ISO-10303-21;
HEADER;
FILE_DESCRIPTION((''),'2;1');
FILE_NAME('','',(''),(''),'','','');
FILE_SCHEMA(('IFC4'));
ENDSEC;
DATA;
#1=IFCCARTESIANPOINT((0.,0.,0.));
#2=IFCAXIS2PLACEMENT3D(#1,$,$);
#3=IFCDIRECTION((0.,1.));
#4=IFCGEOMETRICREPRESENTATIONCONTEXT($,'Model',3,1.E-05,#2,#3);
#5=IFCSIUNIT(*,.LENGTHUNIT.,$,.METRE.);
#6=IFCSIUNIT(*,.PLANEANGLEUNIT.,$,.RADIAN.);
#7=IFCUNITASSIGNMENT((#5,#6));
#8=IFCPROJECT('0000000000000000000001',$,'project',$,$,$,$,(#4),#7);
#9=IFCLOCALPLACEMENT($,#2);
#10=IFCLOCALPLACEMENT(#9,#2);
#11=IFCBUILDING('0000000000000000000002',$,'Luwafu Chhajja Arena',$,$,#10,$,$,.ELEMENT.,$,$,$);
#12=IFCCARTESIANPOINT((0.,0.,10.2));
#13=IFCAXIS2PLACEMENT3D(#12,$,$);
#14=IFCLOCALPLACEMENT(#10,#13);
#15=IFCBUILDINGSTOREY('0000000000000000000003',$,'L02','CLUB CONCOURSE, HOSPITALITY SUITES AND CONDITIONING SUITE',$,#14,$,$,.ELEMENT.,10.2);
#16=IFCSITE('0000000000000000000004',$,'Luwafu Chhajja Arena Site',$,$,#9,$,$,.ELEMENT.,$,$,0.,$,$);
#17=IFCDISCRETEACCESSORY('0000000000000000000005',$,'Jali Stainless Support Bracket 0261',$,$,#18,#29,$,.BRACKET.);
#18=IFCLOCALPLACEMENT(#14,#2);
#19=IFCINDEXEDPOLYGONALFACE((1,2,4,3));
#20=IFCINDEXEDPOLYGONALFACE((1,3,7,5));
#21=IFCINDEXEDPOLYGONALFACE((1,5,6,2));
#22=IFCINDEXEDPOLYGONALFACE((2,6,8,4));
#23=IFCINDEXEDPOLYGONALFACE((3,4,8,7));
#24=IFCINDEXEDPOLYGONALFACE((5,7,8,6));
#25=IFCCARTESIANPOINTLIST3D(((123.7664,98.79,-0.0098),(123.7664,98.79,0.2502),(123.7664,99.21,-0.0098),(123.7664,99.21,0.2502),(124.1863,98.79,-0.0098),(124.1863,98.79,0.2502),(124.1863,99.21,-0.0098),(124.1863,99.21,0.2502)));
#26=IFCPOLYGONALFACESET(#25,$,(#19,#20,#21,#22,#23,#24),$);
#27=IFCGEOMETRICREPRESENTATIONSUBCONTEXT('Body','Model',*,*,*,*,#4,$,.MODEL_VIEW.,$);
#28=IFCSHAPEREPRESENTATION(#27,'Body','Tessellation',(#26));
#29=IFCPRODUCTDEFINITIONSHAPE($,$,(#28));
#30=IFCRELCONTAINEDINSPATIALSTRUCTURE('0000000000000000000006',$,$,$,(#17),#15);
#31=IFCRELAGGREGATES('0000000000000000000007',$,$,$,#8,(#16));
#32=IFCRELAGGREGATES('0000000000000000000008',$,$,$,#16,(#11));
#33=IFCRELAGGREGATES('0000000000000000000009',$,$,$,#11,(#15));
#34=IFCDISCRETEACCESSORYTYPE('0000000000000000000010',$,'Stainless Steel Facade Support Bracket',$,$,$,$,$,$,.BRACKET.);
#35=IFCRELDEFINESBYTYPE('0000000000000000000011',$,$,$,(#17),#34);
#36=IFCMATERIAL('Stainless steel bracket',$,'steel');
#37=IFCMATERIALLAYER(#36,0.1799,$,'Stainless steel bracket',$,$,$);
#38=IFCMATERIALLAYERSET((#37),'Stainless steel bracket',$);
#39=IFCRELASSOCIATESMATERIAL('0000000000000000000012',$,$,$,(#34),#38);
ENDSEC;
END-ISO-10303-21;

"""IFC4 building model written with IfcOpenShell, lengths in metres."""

from ifc_helpers import new_model, si_unit, direction, frame, origin, origin_2d, place, context, subcontext, project, spatial, rectangle, extrude, material, layer, layer_set, type_object, element, save


model = new_model("IFC4")

# Units and contexts
model_context = context("Model", 3, precision=1e-05, world=origin(), true_north=direction((0.0, 1.0)))
body_context = subcontext(model_context, "Body", "Model", "MODEL_VIEW")
ifc_project = project(units=[si_unit("LENGTHUNIT", "METRE"), si_unit("PLANEANGLEUNIT", "RADIAN")], contexts=[model_context])

# Site, building, storey
site_placement = place(None, origin())
site = spatial("IfcSite", under=ifc_project, at=site_placement, Name="Luwafu Chhajja Arena Site", CompositionType="ELEMENT", RefElevation=0.0)
building_placement = place(site_placement, origin())
building = spatial("IfcBuilding", under=site, at=building_placement, Name="Luwafu Chhajja Arena", CompositionType="ELEMENT")
storey_placement = place(building_placement, frame((0.0, 0.0, 10.2)))
storey = spatial("IfcBuildingStorey", under=building, at=storey_placement, Name="L02", Description="CLUB CONCOURSE, HOSPITALITY SUITES AND CONDITIONING SUITE", CompositionType="ELEMENT", Elevation=10.2)

# Discrete accessory
ifc_material_1 = material(Name="Stainless steel bracket", Category="steel")
ifc_layer_1 = layer(ifc_material_1, 0.1799, Name="Stainless steel bracket")
ifc_layer_set_1 = layer_set([ifc_layer_1], Name="Stainless steel bracket")
discrete_accessory_type = type_object("IfcDiscreteAccessoryType", Name="Stainless Steel Facade Support Bracket", PredefinedType="BRACKET", material=ifc_layer_set_1)
discrete_accessory_placement = place(storey_placement, frame((123.9763, 99.0, -0.0098), z_axis=(0.0, 0.0, 1.0), x_axis=(1.0, 0.0, 0.0)))
element("IfcDiscreteAccessory", 1, at=discrete_accessory_placement, inside=storey, type_object=discrete_accessory_type, Name="Jali Stainless Support Bracket 0261", PredefinedType="BRACKET", context=body_context, shape_type="SweptSolid", body=[
    extrude(rectangle(XDim=0.4199, YDim=0.4199, at=origin_2d()), origin(), (0.0, 0.0, 1.0), 0.26),
])

save(model, "model.ifc")
